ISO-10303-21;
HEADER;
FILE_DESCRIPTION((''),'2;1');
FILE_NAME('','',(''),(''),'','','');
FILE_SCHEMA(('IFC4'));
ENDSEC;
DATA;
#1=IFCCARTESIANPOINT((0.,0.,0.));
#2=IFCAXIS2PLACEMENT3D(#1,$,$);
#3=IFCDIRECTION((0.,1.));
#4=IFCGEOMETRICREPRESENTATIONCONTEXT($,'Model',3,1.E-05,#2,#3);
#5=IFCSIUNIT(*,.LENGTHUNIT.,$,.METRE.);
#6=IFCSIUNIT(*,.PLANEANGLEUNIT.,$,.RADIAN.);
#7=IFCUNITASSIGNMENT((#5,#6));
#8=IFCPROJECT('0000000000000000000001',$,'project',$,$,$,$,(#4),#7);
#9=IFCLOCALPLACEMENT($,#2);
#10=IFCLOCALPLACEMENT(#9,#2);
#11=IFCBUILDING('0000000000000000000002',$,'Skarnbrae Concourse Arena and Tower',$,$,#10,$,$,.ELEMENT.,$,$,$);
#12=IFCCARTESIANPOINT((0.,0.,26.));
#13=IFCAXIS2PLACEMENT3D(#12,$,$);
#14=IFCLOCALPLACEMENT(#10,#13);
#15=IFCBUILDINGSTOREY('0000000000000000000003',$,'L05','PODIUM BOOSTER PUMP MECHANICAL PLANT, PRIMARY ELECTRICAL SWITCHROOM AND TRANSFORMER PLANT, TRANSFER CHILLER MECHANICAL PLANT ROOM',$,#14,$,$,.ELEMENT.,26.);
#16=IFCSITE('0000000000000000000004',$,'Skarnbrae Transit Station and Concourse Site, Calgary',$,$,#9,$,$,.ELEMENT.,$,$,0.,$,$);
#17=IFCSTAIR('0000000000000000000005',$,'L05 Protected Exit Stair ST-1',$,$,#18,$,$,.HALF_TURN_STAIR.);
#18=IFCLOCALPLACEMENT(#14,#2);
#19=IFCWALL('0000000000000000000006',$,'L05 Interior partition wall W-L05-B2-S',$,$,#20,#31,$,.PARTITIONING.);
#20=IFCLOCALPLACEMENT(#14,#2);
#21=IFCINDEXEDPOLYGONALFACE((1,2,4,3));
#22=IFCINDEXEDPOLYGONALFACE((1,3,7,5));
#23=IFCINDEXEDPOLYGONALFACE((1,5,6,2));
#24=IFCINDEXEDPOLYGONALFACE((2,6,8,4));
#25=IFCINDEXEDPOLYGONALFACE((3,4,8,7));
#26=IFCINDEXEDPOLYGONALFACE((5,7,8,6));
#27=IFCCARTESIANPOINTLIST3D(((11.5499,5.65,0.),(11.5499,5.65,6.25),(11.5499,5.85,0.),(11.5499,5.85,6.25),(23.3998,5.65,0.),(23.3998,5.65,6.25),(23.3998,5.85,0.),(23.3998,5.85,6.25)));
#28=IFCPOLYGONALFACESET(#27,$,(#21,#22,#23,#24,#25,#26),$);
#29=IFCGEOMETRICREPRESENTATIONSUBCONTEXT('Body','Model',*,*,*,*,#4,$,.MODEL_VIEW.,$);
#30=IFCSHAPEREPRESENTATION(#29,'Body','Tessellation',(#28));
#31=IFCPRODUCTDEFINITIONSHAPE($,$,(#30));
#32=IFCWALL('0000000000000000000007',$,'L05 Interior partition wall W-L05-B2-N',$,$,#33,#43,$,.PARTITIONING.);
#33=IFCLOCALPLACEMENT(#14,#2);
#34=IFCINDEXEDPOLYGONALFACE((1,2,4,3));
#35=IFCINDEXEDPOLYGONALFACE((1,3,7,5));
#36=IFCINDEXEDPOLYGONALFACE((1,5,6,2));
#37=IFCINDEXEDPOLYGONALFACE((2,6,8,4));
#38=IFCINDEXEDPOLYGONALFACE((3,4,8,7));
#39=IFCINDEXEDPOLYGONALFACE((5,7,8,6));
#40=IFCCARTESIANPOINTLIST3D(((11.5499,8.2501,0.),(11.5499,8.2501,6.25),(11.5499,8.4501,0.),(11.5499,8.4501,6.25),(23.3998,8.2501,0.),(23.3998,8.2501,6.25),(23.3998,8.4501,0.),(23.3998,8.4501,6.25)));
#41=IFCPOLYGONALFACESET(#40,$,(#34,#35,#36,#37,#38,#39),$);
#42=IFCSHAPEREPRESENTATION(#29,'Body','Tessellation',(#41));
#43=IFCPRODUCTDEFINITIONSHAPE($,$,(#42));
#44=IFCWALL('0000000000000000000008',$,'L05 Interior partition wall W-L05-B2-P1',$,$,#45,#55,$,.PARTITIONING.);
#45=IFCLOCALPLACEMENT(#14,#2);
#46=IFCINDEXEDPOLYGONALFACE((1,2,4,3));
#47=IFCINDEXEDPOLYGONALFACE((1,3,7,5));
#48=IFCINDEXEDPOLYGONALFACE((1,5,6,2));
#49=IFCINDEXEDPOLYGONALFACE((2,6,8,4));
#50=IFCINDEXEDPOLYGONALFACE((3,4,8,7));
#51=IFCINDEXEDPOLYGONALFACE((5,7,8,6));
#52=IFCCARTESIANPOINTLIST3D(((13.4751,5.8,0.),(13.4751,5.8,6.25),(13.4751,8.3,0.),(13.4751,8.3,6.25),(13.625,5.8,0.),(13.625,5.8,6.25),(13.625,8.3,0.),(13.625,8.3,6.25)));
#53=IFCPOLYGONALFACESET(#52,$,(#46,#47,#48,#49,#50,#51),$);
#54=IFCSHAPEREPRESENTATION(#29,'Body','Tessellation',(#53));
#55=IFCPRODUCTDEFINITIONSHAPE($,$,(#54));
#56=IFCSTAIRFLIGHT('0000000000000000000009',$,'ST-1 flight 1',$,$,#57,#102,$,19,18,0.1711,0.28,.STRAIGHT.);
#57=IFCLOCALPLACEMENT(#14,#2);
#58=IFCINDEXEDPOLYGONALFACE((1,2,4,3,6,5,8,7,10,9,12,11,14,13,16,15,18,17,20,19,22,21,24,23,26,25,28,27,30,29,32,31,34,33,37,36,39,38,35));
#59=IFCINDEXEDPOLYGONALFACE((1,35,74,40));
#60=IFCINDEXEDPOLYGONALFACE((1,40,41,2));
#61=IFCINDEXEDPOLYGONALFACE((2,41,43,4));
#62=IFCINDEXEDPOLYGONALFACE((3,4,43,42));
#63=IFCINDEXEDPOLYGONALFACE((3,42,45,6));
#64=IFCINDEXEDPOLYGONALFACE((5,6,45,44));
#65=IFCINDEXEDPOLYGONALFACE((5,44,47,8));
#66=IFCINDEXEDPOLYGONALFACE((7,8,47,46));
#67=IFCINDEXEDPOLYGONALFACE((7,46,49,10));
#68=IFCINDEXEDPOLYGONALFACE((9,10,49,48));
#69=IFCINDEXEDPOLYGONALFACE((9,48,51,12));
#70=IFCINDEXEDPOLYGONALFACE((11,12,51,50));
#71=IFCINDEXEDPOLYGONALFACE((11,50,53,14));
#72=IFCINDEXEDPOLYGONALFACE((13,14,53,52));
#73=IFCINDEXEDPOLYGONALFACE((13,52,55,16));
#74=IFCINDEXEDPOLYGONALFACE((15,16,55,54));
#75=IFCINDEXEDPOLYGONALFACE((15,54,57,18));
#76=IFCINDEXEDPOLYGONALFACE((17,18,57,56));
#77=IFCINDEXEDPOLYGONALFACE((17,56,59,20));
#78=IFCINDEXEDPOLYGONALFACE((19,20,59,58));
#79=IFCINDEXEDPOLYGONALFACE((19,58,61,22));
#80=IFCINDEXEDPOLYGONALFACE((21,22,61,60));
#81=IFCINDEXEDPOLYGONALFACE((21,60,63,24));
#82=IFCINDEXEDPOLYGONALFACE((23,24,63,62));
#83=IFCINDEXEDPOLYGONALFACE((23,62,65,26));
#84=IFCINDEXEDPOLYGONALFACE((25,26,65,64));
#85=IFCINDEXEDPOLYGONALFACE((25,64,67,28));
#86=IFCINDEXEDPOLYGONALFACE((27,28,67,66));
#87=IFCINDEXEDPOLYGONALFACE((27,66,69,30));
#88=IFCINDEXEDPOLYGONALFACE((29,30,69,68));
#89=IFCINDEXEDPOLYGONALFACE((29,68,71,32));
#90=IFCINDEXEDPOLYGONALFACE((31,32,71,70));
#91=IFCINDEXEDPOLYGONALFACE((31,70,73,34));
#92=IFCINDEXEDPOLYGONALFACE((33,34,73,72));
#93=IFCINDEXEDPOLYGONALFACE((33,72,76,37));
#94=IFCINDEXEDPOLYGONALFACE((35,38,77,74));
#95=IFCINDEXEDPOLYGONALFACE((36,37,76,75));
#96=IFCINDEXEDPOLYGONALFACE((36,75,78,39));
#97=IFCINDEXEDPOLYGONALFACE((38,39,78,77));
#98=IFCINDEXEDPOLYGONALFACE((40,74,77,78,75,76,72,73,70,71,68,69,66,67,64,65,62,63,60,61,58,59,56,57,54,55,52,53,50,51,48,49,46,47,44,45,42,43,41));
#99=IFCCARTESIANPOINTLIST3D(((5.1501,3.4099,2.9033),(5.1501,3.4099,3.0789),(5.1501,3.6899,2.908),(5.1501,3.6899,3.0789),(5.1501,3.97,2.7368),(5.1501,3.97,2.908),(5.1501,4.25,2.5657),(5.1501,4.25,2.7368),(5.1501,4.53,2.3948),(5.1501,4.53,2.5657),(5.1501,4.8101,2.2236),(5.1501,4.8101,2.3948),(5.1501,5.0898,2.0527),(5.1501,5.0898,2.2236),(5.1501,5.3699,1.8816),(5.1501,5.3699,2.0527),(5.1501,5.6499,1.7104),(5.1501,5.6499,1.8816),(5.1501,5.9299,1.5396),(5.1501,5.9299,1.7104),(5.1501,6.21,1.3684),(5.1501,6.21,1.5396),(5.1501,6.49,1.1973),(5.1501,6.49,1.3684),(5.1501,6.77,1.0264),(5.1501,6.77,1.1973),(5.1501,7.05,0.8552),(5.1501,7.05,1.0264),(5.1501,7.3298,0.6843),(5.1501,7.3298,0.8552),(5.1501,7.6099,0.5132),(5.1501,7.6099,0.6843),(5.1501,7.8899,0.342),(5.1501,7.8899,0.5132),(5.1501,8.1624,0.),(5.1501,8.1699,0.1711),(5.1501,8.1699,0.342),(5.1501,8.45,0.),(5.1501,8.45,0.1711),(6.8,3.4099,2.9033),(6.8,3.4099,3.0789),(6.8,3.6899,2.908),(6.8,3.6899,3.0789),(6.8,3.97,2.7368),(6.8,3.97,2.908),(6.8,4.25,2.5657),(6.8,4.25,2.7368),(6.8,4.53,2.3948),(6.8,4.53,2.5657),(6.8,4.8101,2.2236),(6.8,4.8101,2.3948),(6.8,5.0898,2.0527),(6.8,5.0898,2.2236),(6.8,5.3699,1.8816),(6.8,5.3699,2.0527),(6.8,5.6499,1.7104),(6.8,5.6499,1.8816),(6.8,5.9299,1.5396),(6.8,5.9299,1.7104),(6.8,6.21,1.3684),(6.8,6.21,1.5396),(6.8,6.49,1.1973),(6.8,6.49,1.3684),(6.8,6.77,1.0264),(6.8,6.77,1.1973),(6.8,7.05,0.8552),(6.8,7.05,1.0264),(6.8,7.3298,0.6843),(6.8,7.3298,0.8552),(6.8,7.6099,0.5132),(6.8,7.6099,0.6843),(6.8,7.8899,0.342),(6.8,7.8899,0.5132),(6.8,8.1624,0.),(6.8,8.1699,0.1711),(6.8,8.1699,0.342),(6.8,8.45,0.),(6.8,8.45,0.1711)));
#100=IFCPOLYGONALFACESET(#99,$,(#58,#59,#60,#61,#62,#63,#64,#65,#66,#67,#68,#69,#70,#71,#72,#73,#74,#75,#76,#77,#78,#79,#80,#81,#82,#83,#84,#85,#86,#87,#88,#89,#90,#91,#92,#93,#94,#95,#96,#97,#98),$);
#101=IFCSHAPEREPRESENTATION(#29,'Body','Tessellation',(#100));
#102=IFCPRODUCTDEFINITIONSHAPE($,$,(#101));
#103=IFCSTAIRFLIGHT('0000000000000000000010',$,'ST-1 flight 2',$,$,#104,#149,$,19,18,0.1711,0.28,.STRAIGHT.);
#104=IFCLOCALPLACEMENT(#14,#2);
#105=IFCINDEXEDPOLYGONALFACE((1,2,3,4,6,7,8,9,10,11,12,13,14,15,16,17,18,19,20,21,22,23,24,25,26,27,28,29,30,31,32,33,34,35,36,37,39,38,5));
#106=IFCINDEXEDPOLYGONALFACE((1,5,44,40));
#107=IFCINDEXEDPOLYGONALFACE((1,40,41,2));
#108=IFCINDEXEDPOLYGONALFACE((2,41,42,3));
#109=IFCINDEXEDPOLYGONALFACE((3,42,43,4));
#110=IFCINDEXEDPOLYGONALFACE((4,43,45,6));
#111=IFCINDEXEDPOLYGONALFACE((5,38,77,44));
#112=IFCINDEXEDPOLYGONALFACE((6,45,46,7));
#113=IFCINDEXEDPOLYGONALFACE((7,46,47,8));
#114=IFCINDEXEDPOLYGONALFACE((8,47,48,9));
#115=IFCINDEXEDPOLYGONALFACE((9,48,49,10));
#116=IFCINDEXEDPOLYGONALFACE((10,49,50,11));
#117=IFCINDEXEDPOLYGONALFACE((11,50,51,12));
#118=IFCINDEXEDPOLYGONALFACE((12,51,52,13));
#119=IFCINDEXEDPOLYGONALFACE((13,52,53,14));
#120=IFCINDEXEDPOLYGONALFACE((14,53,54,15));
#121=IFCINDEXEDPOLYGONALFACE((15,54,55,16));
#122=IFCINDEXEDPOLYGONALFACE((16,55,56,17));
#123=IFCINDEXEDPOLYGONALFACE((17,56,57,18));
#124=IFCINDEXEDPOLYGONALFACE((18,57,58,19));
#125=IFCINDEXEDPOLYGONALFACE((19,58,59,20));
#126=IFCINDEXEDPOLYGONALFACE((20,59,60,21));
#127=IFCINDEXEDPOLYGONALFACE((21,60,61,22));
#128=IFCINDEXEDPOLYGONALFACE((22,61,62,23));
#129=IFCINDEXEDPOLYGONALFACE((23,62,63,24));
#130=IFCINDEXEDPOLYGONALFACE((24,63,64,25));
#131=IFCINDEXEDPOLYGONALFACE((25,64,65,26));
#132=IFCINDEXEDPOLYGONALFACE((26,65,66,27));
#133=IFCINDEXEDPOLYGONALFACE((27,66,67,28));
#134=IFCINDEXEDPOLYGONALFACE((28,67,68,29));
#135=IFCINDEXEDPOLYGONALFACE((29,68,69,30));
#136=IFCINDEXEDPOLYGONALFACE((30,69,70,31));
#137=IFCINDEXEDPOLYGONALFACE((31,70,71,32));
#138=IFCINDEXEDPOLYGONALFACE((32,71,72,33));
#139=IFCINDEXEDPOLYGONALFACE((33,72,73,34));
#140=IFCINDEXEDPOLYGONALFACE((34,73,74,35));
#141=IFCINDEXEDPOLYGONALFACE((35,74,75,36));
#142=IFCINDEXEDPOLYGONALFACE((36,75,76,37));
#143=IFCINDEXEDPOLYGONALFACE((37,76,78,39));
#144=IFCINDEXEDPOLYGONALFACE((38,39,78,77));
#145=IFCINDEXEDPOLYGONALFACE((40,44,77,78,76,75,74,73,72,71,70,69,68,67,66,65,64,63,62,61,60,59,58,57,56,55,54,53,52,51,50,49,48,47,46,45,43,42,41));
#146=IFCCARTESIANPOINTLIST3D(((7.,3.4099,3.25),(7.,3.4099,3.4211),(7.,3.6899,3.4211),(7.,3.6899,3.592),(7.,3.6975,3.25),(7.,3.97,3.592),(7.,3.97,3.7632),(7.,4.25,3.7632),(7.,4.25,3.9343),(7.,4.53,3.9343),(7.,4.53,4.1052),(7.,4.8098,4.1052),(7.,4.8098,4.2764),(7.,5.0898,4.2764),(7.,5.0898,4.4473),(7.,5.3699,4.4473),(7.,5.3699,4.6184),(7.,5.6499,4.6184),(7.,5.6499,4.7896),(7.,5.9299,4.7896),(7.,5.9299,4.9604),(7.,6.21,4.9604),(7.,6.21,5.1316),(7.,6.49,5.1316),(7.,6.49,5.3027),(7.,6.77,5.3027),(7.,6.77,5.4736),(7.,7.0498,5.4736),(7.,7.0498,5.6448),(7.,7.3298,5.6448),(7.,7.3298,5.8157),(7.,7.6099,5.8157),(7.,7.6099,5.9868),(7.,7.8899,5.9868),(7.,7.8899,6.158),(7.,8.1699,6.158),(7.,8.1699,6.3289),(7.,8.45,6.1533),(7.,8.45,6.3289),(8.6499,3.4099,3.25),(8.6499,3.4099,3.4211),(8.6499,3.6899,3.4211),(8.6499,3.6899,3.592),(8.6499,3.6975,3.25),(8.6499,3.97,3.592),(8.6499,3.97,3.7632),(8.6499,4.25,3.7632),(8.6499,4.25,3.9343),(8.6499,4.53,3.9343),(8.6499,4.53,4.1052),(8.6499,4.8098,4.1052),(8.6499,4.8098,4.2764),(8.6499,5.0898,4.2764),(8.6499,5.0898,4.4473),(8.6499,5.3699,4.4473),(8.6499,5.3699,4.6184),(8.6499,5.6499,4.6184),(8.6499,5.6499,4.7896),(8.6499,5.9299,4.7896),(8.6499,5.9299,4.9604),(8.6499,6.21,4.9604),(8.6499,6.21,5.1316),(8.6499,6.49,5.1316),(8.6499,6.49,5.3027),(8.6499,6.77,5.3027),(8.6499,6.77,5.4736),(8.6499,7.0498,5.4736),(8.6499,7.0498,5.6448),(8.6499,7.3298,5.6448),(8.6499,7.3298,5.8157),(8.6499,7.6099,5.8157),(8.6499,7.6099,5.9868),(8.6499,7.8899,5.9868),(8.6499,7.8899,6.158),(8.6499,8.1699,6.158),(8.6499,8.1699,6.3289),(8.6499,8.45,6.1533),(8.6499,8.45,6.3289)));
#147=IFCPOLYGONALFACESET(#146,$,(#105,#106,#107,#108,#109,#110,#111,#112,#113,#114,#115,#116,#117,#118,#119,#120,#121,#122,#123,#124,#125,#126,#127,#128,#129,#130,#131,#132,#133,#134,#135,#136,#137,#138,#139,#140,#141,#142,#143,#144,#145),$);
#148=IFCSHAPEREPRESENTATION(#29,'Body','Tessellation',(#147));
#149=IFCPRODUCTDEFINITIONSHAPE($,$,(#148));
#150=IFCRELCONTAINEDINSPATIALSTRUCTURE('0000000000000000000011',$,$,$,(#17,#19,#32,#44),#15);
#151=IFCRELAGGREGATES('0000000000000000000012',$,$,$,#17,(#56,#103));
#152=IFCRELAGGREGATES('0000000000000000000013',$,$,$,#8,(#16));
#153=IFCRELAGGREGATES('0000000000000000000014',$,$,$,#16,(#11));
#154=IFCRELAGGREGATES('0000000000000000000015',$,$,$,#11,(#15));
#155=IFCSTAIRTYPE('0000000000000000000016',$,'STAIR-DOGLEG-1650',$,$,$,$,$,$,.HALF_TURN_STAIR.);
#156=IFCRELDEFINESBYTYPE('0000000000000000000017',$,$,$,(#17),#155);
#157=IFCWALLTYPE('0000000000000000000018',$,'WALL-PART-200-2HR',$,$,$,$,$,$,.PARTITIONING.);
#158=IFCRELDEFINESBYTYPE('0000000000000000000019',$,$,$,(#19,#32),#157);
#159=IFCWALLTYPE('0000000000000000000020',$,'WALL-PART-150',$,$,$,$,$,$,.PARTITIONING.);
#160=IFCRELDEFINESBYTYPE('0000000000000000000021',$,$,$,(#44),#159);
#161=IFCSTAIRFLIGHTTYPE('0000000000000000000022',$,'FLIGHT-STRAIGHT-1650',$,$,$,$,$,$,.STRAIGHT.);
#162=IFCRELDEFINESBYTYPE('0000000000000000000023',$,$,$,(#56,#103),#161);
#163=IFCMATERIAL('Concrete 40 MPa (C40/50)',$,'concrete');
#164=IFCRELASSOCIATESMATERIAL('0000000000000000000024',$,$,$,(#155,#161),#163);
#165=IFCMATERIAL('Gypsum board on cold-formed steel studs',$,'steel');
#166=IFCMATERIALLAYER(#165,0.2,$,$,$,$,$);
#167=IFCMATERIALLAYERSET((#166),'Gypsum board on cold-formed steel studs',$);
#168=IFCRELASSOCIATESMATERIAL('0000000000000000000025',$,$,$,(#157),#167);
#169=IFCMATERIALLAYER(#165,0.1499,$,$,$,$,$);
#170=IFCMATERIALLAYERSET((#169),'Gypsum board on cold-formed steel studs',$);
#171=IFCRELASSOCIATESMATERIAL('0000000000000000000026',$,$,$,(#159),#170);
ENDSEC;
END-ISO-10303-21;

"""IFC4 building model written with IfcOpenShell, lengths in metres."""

from ifc_helpers import new_model, si_unit, direction, frame, frame_2d, origin, place, context, subcontext, project, spatial, polyline, rectangle, outline, extrude, source, transform, mapped, material, layer, layer_set, type_object, element, aggregate, save


model = new_model("IFC4")

# Units and contexts
model_context = context("Model", 3, precision=1e-05, world=origin(), true_north=direction((0.0, 1.0)))
body_context = subcontext(model_context, "Body", "Model", "MODEL_VIEW")
ifc_project = project(units=[si_unit("LENGTHUNIT", "METRE"), si_unit("PLANEANGLEUNIT", "RADIAN")], contexts=[model_context])

# Site, building, storey
site_placement = place(None, origin())
site = spatial("IfcSite", under=ifc_project, at=site_placement, Name="Skarnbrae Transit Station and Concourse Site, Calgary", CompositionType="ELEMENT", RefElevation=0.0)
building_placement = place(site_placement, origin())
building = spatial("IfcBuilding", under=site, at=building_placement, Name="Skarnbrae Concourse Arena and Tower", CompositionType="ELEMENT")
storey_placement = place(building_placement, frame((0.0, 0.0, 26.0)))
storey = spatial("IfcBuildingStorey", under=building, at=storey_placement, Name="L05", Description="PODIUM BOOSTER PUMP MECHANICAL PLANT, PRIMARY ELECTRICAL SWITCHROOM AND TRANSFORMER PLANT, TRANSFER CHILLER MECHANICAL PLANT ROOM", CompositionType="ELEMENT", Elevation=26.0)

# Stair
ifc_material_1 = material(Name="Concrete 40 MPa (C40/50)", Category="concrete")
stair_type = type_object("IfcStairType", Name="STAIR-DOGLEG-1650", PredefinedType="HALF_TURN_STAIR", material=ifc_material_1)
stair_1_placement = place(storey_placement, origin())
stair_1 = element("IfcStair", 1, at=stair_1_placement, inside=storey, type_object=stair_type, Name="L05 Protected Exit Stair ST-1", PredefinedType="HALF_TURN_STAIR")

# Shared definitions
ifc_material_2 = material(Name="Gypsum board on cold-formed steel studs", Category="steel")
ifc_layer_1 = layer(ifc_material_2, 0.2)
ifc_layer_set_1 = layer_set([ifc_layer_1], Name="Gypsum board on cold-formed steel studs")
wall_type_1 = type_object("IfcWallType", Name="WALL-PART-200-2HR", PredefinedType="PARTITIONING", material=ifc_layer_set_1)

# Walls
ifc_layer_2 = layer(ifc_material_2, 0.1499)
ifc_layer_set_2 = layer_set([ifc_layer_2], Name="Gypsum board on cold-formed steel studs")
wall_type_2 = type_object("IfcWallType", Name="WALL-PART-150", PredefinedType="PARTITIONING", material=ifc_layer_set_2)
shared_shape_1 = source(origin(), body_context, "Body", "SweptSolid", [
    extrude(rectangle(XDim=11.8499, YDim=0.2, at=frame_2d((5.9248, 0.0))), origin(), (0.0, 0.0, 1.0), 6.25),
])
for number, where, z_axis, x_axis, name in (
    (2, (11.55, 5.75, 0.0), (0.0, 0.0, 1.0), (1.0, 0.0, 0.0), "L05 Interior partition wall W-L05-B2-S"),
    (3, (11.55, 8.3501, 0.0), (0.0, 0.0, 1.0), (1.0, 0.0, 0.0), "L05 Interior partition wall W-L05-B2-N"),
):
    element("IfcWall", number, at=place(storey_placement, frame(where, z_axis=z_axis, x_axis=x_axis)), inside=storey, type_object=wall_type_1, Name=name, PredefinedType="PARTITIONING", context=body_context, shape_type="MappedRepresentation", body=[
        mapped(shared_shape_1, transform((0.0, 0.0, 0.0))),
    ])
shared_shape_2 = source(origin(), body_context, "Body", "SweptSolid", [
    extrude(rectangle(XDim=2.5, YDim=0.1499, at=frame_2d((1.25, 0.0))), origin(), (0.0, 0.0, 1.0), 6.25),
])
wall_1_placement = place(storey_placement, frame((13.55, 5.8, 0.0), z_axis=(0.0, 0.0, 1.0), x_axis=(0.0, 1.0, 0.0)))
element("IfcWall", 4, at=wall_1_placement, inside=storey, type_object=wall_type_2, Name="L05 Interior partition wall W-L05-B2-P1", PredefinedType="PARTITIONING", context=body_context, shape_type="MappedRepresentation", body=[
    mapped(shared_shape_2, transform((0.0, 0.0, 0.0))),
])

# Stair flights
stair_flight_type = type_object("IfcStairFlightType", Name="FLIGHT-STRAIGHT-1650", PredefinedType="STRAIGHT", material=ifc_material_1)
shared_shape_3 = source(origin(), body_context, "Body", "SweptSolid", [
    extrude(outline(polyline([(0.0, 0.0), (0.0, 0.1711), (0.28, 0.1711), (0.28, 0.342), (0.5601, 0.342), (0.5601, 0.5132), (0.8401, 0.5132), (0.8401, 0.6843), (1.1201, 0.6843), (1.1201, 0.8552), (1.3999, 0.8552), (1.3999, 1.0264), (1.6799, 1.0264), (1.6799, 1.1973), (1.96, 1.1973), (1.96, 1.3684), (2.24, 1.3684), (2.24, 1.5396), (2.52, 1.5396), (2.52, 1.7104), (2.8, 1.7104), (2.8, 1.8816), (3.0801, 1.8816), (3.0801, 2.0527), (3.3601, 2.0527), (3.3601, 2.2236), (3.6399, 2.2236), (3.6399, 2.3948), (3.9199, 2.3948), (3.9199, 2.5657), (4.2, 2.5657), (4.2, 2.7368), (4.48, 2.7368), (4.48, 2.908), (4.76, 2.908), (4.76, 3.0789), (5.04, 3.0789), (5.04, 3.25), (5.04, 2.9033), (0.2876, 0.0), (0.0, 0.0)])), frame((0.0, 0.825, 0.0), z_axis=(0.0, -1.0, 0.0), x_axis=(1.0, 0.0, 0.0)), (0.0, 0.0, 1.0), 1.6499),
])
stair_flight_1_placement = place(storey_placement, frame((5.9751, 8.45, 0.0), z_axis=(0.0, 0.0, 1.0), x_axis=(0.0, -1.0, 0.0)))
stair_flight_1 = element("IfcStairFlight", 5, at=stair_flight_1_placement, type_object=stair_flight_type, Name="ST-1 flight 1", NumberOfRisers=19, NumberOfTreads=18, PredefinedType="STRAIGHT", RiserHeight=0.1711, TreadLength=0.28, context=body_context, shape_type="MappedRepresentation", body=[
    mapped(shared_shape_3, transform((0.0, 0.0, 0.0))),
])
stair_flight_2_placement = place(storey_placement, frame((7.825, 3.4099, 3.25), z_axis=(0.0, 0.0, 1.0), x_axis=(0.0, 1.0, 0.0)))
stair_flight_2 = element("IfcStairFlight", 6, at=stair_flight_2_placement, type_object=stair_flight_type, Name="ST-1 flight 2", NumberOfRisers=19, NumberOfTreads=18, PredefinedType="STRAIGHT", RiserHeight=0.1711, TreadLength=0.28, context=body_context, shape_type="MappedRepresentation", body=[
    mapped(shared_shape_3, transform((0.0, 0.0, 0.0))),
])
aggregate(stair_1, [stair_flight_1, stair_flight_2])

save(model, "model.ifc")
